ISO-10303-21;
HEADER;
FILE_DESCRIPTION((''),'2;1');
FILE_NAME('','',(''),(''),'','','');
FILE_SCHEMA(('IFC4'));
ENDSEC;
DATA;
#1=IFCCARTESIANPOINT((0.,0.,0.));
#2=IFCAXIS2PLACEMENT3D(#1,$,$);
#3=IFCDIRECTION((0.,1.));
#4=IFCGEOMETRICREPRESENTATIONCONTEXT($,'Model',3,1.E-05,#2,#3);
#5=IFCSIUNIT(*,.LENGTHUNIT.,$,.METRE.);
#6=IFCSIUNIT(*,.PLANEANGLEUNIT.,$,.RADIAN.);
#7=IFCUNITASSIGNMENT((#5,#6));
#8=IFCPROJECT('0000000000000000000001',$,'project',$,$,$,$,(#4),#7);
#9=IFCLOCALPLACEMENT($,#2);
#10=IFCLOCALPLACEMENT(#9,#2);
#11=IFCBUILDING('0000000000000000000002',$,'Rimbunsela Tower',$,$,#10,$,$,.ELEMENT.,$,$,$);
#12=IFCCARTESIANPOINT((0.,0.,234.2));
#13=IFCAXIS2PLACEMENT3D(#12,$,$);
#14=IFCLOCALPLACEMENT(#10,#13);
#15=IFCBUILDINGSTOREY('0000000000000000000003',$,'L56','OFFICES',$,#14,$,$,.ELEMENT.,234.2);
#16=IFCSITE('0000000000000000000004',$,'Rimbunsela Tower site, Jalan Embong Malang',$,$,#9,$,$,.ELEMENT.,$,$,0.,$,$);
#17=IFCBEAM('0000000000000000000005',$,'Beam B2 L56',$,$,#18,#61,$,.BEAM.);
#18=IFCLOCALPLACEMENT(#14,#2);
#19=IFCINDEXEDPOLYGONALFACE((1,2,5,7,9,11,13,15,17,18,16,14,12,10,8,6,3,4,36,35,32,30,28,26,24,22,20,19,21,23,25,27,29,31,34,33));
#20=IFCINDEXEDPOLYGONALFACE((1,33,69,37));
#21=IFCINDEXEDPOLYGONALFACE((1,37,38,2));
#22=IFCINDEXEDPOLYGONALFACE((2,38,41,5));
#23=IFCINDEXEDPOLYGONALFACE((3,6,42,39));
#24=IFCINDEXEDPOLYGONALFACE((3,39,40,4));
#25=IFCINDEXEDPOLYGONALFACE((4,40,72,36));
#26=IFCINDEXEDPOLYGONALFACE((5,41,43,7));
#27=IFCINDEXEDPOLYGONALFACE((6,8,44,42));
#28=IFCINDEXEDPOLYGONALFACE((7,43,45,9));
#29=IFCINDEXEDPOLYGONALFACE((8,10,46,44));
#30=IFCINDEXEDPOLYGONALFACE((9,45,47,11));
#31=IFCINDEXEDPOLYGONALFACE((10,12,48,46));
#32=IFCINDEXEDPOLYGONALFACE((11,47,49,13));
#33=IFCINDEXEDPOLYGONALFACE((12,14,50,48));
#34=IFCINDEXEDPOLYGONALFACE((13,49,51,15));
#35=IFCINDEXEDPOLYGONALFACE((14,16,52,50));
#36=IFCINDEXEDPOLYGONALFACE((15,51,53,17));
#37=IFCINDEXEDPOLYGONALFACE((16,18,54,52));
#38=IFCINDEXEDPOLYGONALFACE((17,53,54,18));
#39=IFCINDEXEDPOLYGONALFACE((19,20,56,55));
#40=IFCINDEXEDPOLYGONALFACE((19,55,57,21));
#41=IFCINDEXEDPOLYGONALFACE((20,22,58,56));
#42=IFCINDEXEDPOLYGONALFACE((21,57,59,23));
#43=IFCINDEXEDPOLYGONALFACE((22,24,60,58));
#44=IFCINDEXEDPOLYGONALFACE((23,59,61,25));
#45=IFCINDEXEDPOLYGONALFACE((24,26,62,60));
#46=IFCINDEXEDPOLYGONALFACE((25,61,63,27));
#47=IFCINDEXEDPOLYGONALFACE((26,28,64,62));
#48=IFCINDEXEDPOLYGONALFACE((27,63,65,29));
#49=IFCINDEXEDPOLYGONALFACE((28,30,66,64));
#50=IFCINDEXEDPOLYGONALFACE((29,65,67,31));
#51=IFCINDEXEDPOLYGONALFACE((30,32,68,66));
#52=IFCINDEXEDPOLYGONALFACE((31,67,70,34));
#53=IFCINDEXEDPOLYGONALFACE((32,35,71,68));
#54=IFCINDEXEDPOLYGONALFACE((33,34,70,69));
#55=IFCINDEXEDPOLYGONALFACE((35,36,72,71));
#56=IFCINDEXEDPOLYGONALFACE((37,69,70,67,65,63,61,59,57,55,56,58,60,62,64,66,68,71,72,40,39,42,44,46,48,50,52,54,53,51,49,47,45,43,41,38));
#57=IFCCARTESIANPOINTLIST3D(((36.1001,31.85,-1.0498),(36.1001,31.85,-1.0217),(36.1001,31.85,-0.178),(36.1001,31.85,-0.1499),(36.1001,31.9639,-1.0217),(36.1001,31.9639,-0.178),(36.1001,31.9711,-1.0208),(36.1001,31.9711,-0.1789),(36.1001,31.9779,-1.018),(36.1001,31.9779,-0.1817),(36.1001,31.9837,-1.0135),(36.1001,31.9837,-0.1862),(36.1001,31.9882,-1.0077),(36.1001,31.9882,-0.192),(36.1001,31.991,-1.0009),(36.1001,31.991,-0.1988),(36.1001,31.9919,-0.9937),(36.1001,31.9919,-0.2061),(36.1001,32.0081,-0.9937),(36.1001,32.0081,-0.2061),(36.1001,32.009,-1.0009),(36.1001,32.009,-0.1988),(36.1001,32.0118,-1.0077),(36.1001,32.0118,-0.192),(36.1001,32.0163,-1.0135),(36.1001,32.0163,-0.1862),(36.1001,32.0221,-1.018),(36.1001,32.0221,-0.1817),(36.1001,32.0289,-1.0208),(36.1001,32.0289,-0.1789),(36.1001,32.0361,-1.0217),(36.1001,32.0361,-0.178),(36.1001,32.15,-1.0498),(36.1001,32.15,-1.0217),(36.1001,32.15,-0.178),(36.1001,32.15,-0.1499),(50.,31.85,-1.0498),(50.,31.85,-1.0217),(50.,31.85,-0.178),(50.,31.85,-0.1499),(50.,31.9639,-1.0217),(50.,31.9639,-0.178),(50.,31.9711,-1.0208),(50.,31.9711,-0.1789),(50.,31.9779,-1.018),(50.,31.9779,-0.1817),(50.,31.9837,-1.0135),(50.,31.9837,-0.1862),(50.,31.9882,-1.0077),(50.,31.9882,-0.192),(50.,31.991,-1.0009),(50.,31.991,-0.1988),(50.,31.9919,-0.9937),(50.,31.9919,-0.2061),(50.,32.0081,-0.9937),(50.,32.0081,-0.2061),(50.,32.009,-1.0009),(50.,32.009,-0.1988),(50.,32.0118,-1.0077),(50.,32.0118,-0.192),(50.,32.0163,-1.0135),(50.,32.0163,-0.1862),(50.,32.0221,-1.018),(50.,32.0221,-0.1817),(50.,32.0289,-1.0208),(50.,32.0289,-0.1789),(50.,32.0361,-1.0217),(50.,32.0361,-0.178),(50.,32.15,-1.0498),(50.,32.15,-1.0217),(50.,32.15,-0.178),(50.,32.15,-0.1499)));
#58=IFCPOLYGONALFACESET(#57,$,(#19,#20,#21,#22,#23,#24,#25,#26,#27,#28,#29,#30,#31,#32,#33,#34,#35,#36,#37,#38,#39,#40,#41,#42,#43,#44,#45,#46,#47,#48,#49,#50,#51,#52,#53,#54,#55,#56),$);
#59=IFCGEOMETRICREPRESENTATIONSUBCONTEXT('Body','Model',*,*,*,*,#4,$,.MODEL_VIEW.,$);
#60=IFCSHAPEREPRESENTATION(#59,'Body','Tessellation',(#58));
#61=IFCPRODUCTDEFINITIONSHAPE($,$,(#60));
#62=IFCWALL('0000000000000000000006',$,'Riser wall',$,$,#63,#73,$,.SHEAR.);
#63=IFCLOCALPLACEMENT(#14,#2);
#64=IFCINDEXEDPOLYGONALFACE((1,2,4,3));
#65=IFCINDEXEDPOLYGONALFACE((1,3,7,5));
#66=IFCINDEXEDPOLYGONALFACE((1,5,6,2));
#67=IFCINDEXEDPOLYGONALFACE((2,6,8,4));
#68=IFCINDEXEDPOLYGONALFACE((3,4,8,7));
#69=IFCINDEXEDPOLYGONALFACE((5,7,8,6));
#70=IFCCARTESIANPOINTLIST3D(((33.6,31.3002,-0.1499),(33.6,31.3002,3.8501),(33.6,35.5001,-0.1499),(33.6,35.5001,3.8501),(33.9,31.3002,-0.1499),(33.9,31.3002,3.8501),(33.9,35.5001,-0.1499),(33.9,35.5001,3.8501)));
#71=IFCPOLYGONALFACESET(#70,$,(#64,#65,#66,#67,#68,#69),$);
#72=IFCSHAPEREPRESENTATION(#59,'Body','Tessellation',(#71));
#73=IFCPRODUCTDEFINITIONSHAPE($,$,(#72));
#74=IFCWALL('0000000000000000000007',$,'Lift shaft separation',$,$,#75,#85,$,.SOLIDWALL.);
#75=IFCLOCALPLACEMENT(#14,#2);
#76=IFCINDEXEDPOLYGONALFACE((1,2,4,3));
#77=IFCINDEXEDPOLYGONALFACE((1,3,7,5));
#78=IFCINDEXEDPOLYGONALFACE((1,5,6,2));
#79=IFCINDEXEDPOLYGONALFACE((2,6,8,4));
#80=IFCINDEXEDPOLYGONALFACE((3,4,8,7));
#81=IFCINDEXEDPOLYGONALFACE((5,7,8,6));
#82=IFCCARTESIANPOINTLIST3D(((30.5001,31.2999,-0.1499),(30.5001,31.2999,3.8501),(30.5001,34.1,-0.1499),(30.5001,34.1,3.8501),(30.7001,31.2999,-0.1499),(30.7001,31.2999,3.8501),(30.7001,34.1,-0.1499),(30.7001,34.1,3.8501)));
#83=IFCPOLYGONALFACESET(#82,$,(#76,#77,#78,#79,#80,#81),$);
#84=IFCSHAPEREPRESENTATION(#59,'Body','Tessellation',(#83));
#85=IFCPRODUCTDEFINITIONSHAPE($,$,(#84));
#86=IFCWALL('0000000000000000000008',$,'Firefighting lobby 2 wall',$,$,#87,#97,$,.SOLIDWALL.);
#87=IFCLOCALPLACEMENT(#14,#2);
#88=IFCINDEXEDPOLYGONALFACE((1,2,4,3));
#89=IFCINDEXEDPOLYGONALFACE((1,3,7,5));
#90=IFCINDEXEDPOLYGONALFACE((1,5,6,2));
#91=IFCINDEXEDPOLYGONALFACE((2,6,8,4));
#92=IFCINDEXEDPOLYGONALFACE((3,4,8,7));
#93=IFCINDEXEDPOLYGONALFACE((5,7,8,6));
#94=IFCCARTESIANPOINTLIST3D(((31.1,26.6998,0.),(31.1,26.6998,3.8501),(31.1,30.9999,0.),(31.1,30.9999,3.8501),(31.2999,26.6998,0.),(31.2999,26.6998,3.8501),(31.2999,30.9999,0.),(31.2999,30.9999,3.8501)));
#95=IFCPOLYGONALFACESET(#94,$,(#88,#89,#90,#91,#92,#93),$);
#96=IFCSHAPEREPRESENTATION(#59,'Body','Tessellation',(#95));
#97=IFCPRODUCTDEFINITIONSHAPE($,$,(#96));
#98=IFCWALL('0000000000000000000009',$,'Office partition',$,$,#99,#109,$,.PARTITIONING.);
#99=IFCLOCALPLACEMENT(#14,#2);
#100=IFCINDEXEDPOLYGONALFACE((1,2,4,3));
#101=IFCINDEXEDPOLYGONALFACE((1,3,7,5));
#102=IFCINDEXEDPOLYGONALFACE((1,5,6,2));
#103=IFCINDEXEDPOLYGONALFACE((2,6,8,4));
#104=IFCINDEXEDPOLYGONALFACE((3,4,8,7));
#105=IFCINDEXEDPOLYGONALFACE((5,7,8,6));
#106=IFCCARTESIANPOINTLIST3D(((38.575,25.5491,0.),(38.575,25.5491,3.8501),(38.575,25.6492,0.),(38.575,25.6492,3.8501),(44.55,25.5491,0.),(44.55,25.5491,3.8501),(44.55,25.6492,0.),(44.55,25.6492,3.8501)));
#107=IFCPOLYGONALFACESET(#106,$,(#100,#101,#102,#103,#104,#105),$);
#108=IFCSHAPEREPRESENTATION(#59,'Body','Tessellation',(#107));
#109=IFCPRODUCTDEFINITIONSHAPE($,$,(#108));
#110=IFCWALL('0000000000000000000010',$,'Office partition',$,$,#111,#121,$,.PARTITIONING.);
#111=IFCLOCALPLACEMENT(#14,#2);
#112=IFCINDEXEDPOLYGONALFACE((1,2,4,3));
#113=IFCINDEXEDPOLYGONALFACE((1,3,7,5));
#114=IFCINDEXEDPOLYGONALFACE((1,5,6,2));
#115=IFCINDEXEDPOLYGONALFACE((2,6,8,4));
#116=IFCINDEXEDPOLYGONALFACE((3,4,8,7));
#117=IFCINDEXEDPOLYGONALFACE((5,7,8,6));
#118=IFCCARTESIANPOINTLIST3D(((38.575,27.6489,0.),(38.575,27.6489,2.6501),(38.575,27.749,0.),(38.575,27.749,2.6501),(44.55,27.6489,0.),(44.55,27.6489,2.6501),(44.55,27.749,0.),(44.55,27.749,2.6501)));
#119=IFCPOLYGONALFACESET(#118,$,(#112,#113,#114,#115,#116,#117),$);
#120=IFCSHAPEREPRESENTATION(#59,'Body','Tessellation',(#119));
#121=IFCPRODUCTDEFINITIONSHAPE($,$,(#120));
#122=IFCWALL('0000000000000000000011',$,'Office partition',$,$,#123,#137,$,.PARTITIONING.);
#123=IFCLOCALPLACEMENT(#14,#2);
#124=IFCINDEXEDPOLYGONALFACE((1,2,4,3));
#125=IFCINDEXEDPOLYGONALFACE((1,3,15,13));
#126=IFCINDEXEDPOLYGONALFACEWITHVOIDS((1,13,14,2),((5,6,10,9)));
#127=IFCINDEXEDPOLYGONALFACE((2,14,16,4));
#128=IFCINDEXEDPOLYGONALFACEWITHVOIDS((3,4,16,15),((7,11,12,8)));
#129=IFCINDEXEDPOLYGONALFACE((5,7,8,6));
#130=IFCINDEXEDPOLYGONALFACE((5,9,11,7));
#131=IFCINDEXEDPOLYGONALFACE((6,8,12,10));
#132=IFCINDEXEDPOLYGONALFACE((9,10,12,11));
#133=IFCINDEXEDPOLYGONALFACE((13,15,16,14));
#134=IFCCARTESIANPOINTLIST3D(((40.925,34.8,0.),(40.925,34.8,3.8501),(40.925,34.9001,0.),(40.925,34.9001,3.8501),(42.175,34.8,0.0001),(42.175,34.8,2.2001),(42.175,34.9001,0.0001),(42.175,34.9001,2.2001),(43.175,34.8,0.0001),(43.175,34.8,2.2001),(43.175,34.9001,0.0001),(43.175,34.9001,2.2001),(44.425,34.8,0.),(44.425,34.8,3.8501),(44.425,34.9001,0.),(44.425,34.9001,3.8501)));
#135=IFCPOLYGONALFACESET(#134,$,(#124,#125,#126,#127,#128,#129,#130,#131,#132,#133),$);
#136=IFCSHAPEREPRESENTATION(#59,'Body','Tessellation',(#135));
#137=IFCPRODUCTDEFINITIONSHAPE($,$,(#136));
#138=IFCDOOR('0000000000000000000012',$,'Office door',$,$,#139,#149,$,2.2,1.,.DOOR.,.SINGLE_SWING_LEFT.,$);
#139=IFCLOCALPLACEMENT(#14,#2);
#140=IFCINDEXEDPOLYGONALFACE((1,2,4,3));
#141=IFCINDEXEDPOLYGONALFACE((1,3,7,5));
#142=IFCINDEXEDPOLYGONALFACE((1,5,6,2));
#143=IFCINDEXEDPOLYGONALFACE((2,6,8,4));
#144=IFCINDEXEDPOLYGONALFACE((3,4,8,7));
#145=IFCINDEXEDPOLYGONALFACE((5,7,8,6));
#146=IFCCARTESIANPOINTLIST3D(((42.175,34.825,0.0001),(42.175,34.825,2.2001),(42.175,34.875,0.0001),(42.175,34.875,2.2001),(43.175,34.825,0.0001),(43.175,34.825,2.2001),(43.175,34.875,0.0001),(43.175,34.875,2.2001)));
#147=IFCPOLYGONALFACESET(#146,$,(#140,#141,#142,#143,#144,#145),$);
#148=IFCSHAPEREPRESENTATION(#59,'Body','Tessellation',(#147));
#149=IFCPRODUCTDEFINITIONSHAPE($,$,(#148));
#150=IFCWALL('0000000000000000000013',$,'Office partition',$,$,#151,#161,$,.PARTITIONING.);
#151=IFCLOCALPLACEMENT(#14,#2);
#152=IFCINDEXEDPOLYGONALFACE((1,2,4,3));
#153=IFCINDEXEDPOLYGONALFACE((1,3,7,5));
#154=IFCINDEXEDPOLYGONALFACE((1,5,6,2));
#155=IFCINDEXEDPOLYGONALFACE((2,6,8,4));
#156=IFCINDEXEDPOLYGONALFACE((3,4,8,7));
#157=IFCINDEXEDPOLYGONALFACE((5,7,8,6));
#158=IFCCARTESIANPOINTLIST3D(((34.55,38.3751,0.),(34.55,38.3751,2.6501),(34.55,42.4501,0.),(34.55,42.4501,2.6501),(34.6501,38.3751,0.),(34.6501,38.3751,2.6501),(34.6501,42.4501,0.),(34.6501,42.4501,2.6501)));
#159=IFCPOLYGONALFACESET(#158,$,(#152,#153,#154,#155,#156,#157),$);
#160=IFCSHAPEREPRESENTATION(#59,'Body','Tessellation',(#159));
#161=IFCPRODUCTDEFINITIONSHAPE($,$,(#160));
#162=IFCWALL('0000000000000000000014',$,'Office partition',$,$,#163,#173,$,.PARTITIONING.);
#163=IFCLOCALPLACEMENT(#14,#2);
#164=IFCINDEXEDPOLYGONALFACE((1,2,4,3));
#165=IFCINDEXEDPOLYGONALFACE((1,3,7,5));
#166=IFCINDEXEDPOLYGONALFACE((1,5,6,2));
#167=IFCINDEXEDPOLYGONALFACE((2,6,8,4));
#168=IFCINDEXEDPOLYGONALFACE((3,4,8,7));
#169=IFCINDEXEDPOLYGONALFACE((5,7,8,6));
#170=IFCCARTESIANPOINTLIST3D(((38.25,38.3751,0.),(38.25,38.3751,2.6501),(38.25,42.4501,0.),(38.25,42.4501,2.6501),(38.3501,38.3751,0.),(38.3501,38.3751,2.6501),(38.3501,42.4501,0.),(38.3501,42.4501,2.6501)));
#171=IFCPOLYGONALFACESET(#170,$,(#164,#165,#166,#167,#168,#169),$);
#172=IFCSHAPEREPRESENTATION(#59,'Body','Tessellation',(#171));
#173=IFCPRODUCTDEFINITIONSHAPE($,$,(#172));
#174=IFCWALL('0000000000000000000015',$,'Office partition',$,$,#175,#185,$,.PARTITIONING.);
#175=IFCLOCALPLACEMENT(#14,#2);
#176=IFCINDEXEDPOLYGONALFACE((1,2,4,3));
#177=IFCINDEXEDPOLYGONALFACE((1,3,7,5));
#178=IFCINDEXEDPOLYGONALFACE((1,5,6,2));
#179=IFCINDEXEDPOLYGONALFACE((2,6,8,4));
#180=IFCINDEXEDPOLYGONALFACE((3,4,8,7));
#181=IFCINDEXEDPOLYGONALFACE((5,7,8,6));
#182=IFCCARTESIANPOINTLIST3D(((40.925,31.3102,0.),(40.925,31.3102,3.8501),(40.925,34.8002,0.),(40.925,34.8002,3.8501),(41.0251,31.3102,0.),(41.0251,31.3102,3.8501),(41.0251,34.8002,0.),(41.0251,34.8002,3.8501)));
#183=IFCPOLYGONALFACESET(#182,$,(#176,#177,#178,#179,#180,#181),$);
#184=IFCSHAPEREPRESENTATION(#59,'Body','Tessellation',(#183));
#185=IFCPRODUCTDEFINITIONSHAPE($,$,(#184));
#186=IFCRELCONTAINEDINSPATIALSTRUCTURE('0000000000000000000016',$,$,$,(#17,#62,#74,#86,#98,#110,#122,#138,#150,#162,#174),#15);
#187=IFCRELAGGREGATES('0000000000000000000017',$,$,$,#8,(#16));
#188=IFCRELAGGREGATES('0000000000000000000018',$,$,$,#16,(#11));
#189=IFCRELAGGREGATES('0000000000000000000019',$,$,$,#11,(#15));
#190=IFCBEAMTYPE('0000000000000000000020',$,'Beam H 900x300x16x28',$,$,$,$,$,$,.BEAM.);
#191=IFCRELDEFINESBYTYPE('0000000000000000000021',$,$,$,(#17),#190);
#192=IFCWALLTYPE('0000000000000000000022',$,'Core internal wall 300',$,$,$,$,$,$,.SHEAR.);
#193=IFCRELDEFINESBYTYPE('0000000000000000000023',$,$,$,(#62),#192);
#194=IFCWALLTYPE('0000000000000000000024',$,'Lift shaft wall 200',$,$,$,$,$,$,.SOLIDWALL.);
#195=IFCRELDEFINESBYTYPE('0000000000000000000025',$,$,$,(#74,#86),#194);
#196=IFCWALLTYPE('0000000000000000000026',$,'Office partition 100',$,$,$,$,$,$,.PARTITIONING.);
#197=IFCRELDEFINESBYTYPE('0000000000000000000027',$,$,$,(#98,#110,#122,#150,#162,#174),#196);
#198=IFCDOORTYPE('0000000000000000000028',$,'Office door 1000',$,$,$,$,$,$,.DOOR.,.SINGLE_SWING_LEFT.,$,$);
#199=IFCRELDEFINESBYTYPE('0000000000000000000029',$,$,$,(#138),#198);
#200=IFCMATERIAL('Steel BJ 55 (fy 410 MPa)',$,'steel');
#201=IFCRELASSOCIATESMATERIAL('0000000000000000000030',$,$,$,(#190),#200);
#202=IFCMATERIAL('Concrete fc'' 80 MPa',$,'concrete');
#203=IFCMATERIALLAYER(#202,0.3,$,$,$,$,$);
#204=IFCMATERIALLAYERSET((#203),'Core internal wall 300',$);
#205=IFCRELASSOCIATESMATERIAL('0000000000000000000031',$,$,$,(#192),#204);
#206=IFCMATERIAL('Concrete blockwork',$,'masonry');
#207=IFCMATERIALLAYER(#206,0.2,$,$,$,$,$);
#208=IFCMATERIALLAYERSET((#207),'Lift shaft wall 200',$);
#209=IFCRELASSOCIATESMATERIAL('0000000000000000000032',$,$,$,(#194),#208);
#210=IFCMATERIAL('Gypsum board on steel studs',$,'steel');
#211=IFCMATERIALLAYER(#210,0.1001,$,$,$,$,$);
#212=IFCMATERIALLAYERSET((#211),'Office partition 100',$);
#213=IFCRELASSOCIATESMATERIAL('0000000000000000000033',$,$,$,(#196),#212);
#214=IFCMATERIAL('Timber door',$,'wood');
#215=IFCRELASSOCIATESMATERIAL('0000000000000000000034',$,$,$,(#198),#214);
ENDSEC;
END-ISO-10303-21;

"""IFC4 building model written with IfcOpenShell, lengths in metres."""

from ifc_helpers import new_model, si_unit, direction, frame, frame_2d, origin, origin_2d, place, context, subcontext, project, spatial, rectangle, i_section, extrude, material, layer, layer_set, material_profile, profile_set, type_object, element, fill, save


model = new_model("IFC4")

# Units and contexts
model_context = context("Model", 3, precision=1e-05, world=origin(), true_north=direction((0.0, 1.0)))
body_context = subcontext(model_context, "Body", "Model", "MODEL_VIEW")
ifc_project = project(units=[si_unit("LENGTHUNIT", "METRE"), si_unit("PLANEANGLEUNIT", "RADIAN")], contexts=[model_context])

# Site, building, storey
site_placement = place(None, origin())
site = spatial("IfcSite", under=ifc_project, at=site_placement, Name="Rimbunsela Tower site, Jalan Embong Malang", CompositionType="ELEMENT", RefElevation=0.0)
building_placement = place(site_placement, origin())
building = spatial("IfcBuilding", under=site, at=building_placement, Name="Rimbunsela Tower", CompositionType="ELEMENT")
storey_placement = place(building_placement, frame((0.0, 0.0, 234.2)))
storey = spatial("IfcBuildingStorey", under=building, at=storey_placement, Name="L56", Description="OFFICES", CompositionType="ELEMENT", Elevation=234.2)

# Beam
ifc_material_1 = material(Name="Steel BJ 55 (fy 410 MPa)", Category="steel")
ifc_material_profile_1 = material_profile(ifc_material_1, i_section(OverallWidth=0.3, OverallDepth=0.8999, WebThickness=0.0161, FlangeThickness=0.0281, FilletRadius=0.0281, at=origin_2d()), Name="H 900x300x16x28")
ifc_profile_set_1 = profile_set([ifc_material_profile_1], Name="Steel BJ 55 (fy 410 MPa)")
beam_type_1 = type_object("IfcBeamType", Name="Beam H 900x300x16x28", PredefinedType="BEAM", material=ifc_profile_set_1)
beam_1_placement = place(storey_placement, frame((36.1001, 32.0, -0.5999), z_axis=(1.0, 0.0, 0.0), x_axis=(0.0, 1.0, 0.0)))
element("IfcBeam", 1, at=beam_1_placement, inside=storey, type_object=beam_type_1, Name="Beam B2 L56", PredefinedType="BEAM", context=body_context, shape_type="SweptSolid", body=[
    extrude(i_section(OverallWidth=0.3, OverallDepth=0.8999, WebThickness=0.0161, FlangeThickness=0.0281, FilletRadius=0.0281, at=origin_2d()), origin(), (0.0, 0.0, 1.0), 13.8999),
])

# Walls
ifc_material_2 = material(Name="Concrete fc' 80 MPa", Category="concrete")
ifc_layer_1 = layer(ifc_material_2, 0.3)
ifc_layer_set_1 = layer_set([ifc_layer_1], Name="Core internal wall 300")
wall_type_1 = type_object("IfcWallType", Name="Core internal wall 300", PredefinedType="SHEAR", material=ifc_layer_set_1)
wall_1_placement = place(storey_placement, frame((33.75, 31.3, -0.1499), z_axis=(0.0, 0.0, 1.0), x_axis=(0.0, 1.0, 0.0)))
element("IfcWall", 2, at=wall_1_placement, inside=storey, type_object=wall_type_1, Name="Riser wall", PredefinedType="SHEAR", context=body_context, shape_type="SweptSolid", body=[
    extrude(rectangle(XDim=4.2, YDim=0.3, at=frame_2d((2.1001, 0.0))), origin(), (0.0, 0.0, 1.0), 4.0),
])
ifc_material_3 = material(Name="Concrete blockwork", Category="masonry")
ifc_layer_2 = layer(ifc_material_3, 0.2)
ifc_layer_set_2 = layer_set([ifc_layer_2], Name="Lift shaft wall 200")
wall_type_2 = type_object("IfcWallType", Name="Lift shaft wall 200", PredefinedType="SOLIDWALL", material=ifc_layer_set_2)
wall_2_placement = place(storey_placement, frame((30.6001, 31.3, -0.1499), z_axis=(0.0, 0.0, 1.0), x_axis=(0.0, 1.0, 0.0)))
element("IfcWall", 3, at=wall_2_placement, inside=storey, type_object=wall_type_2, Name="Lift shaft separation", PredefinedType="SOLIDWALL", context=body_context, shape_type="SweptSolid", body=[
    extrude(rectangle(XDim=2.8, YDim=0.2, at=frame_2d((1.3999, 0.0))), origin(), (0.0, 0.0, 1.0), 4.0),
])
wall_3_placement = place(storey_placement, frame((31.2, 26.7, 0.0), z_axis=(0.0, 0.0, 1.0), x_axis=(0.0, 1.0, 0.0)))
element("IfcWall", 4, at=wall_3_placement, inside=storey, type_object=wall_type_2, Name="Firefighting lobby 2 wall", PredefinedType="SOLIDWALL", context=body_context, shape_type="SweptSolid", body=[
    extrude(rectangle(XDim=4.3, YDim=0.2, at=frame_2d((2.1499, 0.0))), origin(), (0.0, 0.0, 1.0), 3.8501),
])
ifc_material_4 = material(Name="Gypsum board on steel studs", Category="steel")
ifc_layer_3 = layer(ifc_material_4, 0.1001)
ifc_layer_set_3 = layer_set([ifc_layer_3], Name="Office partition 100")
wall_type_3 = type_object("IfcWallType", Name="Office partition 100", PredefinedType="PARTITIONING", material=ifc_layer_set_3)
wall_4_placement = place(storey_placement, frame((38.575, 25.5991, 0.0), z_axis=(0.0, 0.0, 1.0), x_axis=(1.0, 0.0, 0.0)))
element("IfcWall", 5, at=wall_4_placement, inside=storey, type_object=wall_type_3, Name="Office partition", PredefinedType="PARTITIONING", context=body_context, shape_type="SweptSolid", body=[
    extrude(rectangle(XDim=5.9751, YDim=0.1001, at=frame_2d((2.9875, 0.0))), origin(), (0.0, 0.0, 1.0), 3.8501),
])
wall_5_placement = place(storey_placement, frame((38.575, 27.699, 0.0), z_axis=(0.0, 0.0, 1.0), x_axis=(1.0, 0.0, 0.0)))
element("IfcWall", 6, at=wall_5_placement, inside=storey, type_object=wall_type_3, Name="Office partition", PredefinedType="PARTITIONING", context=body_context, shape_type="SweptSolid", body=[
    extrude(rectangle(XDim=5.9751, YDim=0.1001, at=frame_2d((2.9875, 0.0))), origin(), (0.0, 0.0, 1.0), 2.6501),
])

# Wall, opening, door
wall_6_placement = place(storey_placement, frame((40.925, 34.8501, 0.0), z_axis=(0.0, 0.0, 1.0), x_axis=(1.0, 0.0, 0.0)))
wall_6 = element("IfcWall", 7, at=wall_6_placement, inside=storey, type_object=wall_type_3, Name="Office partition", PredefinedType="PARTITIONING", context=body_context, shape_type="SweptSolid", body=[
    extrude(rectangle(XDim=3.5, YDim=0.1001, at=frame_2d((1.75, 0.0))), origin(), (0.0, 0.0, 1.0), 3.8501),
])
opening_1_placement = place(wall_6_placement, frame((1.25, 0.0, 0.0)))
opening_1 = element("IfcOpeningElement", 8, at=opening_1_placement, cuts=wall_6, PredefinedType="OPENING", context=body_context, shape_type="SweptSolid", body=[
    extrude(rectangle(XDim=1.0, YDim=2.2, at=frame_2d((0.5, 1.1001))), frame((0.0, 0.0601, 0.0), z_axis=(0.0, -1.0, 0.0), x_axis=(1.0, 0.0, 0.0)), (0.0, 0.0, 1.0), 0.1201),
])
ifc_material_5 = material(Name="Timber door", Category="wood")
door_type_1 = type_object("IfcDoorType", Name="Office door 1000", OperationType="SINGLE_SWING_LEFT", PredefinedType="DOOR", material=ifc_material_5)
door_1_placement = place(opening_1_placement, origin())
door_1 = element("IfcDoor", 9, at=door_1_placement, inside=storey, type_object=door_type_1, Name="Office door", OperationType="SINGLE_SWING_LEFT", OverallHeight=2.2, OverallWidth=1.0, PredefinedType="DOOR", context=body_context, shape_type="SweptSolid", body=[
    extrude(rectangle(XDim=1.0, YDim=2.2, at=frame_2d((0.5, 1.1001))), frame((0.0, 0.0249, 0.0), z_axis=(0.0, -1.0, 0.0), x_axis=(1.0, 0.0, 0.0)), (0.0, 0.0, 1.0), 0.05),
])
fill(opening_1, door_1)

# Walls
for number, where, z_axis, x_axis, name in (
    (10, (34.6001, 38.375, 0.0), (0.0, 0.0, 1.0), (0.0, 1.0, 0.0), "Office partition"),
    (11, (38.3, 38.375, 0.0), (0.0, 0.0, 1.0), (0.0, 1.0, 0.0), "Office partition"),
):
    element("IfcWall", number, at=place(storey_placement, frame(where, z_axis=z_axis, x_axis=x_axis)), inside=storey, type_object=wall_type_3, Name=name, PredefinedType="PARTITIONING", context=body_context, shape_type="SweptSolid", body=[
        extrude(rectangle(XDim=4.075, YDim=0.1001, at=frame_2d((2.0376, 0.0))), origin(), (0.0, 0.0, 1.0), 2.6501),
    ])
for number, where, z_axis, x_axis, name in (
    (12, (40.9751, 31.3101, 0.0), (0.0, 0.0, 1.0), (0.0, 1.0, 0.0), "Office partition"),
):
    element("IfcWall", number, at=place(storey_placement, frame(where, z_axis=z_axis, x_axis=x_axis)), inside=storey, type_object=wall_type_3, Name=name, PredefinedType="PARTITIONING", context=body_context, shape_type="SweptSolid", body=[
        extrude(rectangle(XDim=3.49, YDim=0.1001, at=frame_2d((1.7451, 0.0))), origin(), (0.0, 0.0, 1.0), 3.8501),
    ])

save(model, "model.ifc")
